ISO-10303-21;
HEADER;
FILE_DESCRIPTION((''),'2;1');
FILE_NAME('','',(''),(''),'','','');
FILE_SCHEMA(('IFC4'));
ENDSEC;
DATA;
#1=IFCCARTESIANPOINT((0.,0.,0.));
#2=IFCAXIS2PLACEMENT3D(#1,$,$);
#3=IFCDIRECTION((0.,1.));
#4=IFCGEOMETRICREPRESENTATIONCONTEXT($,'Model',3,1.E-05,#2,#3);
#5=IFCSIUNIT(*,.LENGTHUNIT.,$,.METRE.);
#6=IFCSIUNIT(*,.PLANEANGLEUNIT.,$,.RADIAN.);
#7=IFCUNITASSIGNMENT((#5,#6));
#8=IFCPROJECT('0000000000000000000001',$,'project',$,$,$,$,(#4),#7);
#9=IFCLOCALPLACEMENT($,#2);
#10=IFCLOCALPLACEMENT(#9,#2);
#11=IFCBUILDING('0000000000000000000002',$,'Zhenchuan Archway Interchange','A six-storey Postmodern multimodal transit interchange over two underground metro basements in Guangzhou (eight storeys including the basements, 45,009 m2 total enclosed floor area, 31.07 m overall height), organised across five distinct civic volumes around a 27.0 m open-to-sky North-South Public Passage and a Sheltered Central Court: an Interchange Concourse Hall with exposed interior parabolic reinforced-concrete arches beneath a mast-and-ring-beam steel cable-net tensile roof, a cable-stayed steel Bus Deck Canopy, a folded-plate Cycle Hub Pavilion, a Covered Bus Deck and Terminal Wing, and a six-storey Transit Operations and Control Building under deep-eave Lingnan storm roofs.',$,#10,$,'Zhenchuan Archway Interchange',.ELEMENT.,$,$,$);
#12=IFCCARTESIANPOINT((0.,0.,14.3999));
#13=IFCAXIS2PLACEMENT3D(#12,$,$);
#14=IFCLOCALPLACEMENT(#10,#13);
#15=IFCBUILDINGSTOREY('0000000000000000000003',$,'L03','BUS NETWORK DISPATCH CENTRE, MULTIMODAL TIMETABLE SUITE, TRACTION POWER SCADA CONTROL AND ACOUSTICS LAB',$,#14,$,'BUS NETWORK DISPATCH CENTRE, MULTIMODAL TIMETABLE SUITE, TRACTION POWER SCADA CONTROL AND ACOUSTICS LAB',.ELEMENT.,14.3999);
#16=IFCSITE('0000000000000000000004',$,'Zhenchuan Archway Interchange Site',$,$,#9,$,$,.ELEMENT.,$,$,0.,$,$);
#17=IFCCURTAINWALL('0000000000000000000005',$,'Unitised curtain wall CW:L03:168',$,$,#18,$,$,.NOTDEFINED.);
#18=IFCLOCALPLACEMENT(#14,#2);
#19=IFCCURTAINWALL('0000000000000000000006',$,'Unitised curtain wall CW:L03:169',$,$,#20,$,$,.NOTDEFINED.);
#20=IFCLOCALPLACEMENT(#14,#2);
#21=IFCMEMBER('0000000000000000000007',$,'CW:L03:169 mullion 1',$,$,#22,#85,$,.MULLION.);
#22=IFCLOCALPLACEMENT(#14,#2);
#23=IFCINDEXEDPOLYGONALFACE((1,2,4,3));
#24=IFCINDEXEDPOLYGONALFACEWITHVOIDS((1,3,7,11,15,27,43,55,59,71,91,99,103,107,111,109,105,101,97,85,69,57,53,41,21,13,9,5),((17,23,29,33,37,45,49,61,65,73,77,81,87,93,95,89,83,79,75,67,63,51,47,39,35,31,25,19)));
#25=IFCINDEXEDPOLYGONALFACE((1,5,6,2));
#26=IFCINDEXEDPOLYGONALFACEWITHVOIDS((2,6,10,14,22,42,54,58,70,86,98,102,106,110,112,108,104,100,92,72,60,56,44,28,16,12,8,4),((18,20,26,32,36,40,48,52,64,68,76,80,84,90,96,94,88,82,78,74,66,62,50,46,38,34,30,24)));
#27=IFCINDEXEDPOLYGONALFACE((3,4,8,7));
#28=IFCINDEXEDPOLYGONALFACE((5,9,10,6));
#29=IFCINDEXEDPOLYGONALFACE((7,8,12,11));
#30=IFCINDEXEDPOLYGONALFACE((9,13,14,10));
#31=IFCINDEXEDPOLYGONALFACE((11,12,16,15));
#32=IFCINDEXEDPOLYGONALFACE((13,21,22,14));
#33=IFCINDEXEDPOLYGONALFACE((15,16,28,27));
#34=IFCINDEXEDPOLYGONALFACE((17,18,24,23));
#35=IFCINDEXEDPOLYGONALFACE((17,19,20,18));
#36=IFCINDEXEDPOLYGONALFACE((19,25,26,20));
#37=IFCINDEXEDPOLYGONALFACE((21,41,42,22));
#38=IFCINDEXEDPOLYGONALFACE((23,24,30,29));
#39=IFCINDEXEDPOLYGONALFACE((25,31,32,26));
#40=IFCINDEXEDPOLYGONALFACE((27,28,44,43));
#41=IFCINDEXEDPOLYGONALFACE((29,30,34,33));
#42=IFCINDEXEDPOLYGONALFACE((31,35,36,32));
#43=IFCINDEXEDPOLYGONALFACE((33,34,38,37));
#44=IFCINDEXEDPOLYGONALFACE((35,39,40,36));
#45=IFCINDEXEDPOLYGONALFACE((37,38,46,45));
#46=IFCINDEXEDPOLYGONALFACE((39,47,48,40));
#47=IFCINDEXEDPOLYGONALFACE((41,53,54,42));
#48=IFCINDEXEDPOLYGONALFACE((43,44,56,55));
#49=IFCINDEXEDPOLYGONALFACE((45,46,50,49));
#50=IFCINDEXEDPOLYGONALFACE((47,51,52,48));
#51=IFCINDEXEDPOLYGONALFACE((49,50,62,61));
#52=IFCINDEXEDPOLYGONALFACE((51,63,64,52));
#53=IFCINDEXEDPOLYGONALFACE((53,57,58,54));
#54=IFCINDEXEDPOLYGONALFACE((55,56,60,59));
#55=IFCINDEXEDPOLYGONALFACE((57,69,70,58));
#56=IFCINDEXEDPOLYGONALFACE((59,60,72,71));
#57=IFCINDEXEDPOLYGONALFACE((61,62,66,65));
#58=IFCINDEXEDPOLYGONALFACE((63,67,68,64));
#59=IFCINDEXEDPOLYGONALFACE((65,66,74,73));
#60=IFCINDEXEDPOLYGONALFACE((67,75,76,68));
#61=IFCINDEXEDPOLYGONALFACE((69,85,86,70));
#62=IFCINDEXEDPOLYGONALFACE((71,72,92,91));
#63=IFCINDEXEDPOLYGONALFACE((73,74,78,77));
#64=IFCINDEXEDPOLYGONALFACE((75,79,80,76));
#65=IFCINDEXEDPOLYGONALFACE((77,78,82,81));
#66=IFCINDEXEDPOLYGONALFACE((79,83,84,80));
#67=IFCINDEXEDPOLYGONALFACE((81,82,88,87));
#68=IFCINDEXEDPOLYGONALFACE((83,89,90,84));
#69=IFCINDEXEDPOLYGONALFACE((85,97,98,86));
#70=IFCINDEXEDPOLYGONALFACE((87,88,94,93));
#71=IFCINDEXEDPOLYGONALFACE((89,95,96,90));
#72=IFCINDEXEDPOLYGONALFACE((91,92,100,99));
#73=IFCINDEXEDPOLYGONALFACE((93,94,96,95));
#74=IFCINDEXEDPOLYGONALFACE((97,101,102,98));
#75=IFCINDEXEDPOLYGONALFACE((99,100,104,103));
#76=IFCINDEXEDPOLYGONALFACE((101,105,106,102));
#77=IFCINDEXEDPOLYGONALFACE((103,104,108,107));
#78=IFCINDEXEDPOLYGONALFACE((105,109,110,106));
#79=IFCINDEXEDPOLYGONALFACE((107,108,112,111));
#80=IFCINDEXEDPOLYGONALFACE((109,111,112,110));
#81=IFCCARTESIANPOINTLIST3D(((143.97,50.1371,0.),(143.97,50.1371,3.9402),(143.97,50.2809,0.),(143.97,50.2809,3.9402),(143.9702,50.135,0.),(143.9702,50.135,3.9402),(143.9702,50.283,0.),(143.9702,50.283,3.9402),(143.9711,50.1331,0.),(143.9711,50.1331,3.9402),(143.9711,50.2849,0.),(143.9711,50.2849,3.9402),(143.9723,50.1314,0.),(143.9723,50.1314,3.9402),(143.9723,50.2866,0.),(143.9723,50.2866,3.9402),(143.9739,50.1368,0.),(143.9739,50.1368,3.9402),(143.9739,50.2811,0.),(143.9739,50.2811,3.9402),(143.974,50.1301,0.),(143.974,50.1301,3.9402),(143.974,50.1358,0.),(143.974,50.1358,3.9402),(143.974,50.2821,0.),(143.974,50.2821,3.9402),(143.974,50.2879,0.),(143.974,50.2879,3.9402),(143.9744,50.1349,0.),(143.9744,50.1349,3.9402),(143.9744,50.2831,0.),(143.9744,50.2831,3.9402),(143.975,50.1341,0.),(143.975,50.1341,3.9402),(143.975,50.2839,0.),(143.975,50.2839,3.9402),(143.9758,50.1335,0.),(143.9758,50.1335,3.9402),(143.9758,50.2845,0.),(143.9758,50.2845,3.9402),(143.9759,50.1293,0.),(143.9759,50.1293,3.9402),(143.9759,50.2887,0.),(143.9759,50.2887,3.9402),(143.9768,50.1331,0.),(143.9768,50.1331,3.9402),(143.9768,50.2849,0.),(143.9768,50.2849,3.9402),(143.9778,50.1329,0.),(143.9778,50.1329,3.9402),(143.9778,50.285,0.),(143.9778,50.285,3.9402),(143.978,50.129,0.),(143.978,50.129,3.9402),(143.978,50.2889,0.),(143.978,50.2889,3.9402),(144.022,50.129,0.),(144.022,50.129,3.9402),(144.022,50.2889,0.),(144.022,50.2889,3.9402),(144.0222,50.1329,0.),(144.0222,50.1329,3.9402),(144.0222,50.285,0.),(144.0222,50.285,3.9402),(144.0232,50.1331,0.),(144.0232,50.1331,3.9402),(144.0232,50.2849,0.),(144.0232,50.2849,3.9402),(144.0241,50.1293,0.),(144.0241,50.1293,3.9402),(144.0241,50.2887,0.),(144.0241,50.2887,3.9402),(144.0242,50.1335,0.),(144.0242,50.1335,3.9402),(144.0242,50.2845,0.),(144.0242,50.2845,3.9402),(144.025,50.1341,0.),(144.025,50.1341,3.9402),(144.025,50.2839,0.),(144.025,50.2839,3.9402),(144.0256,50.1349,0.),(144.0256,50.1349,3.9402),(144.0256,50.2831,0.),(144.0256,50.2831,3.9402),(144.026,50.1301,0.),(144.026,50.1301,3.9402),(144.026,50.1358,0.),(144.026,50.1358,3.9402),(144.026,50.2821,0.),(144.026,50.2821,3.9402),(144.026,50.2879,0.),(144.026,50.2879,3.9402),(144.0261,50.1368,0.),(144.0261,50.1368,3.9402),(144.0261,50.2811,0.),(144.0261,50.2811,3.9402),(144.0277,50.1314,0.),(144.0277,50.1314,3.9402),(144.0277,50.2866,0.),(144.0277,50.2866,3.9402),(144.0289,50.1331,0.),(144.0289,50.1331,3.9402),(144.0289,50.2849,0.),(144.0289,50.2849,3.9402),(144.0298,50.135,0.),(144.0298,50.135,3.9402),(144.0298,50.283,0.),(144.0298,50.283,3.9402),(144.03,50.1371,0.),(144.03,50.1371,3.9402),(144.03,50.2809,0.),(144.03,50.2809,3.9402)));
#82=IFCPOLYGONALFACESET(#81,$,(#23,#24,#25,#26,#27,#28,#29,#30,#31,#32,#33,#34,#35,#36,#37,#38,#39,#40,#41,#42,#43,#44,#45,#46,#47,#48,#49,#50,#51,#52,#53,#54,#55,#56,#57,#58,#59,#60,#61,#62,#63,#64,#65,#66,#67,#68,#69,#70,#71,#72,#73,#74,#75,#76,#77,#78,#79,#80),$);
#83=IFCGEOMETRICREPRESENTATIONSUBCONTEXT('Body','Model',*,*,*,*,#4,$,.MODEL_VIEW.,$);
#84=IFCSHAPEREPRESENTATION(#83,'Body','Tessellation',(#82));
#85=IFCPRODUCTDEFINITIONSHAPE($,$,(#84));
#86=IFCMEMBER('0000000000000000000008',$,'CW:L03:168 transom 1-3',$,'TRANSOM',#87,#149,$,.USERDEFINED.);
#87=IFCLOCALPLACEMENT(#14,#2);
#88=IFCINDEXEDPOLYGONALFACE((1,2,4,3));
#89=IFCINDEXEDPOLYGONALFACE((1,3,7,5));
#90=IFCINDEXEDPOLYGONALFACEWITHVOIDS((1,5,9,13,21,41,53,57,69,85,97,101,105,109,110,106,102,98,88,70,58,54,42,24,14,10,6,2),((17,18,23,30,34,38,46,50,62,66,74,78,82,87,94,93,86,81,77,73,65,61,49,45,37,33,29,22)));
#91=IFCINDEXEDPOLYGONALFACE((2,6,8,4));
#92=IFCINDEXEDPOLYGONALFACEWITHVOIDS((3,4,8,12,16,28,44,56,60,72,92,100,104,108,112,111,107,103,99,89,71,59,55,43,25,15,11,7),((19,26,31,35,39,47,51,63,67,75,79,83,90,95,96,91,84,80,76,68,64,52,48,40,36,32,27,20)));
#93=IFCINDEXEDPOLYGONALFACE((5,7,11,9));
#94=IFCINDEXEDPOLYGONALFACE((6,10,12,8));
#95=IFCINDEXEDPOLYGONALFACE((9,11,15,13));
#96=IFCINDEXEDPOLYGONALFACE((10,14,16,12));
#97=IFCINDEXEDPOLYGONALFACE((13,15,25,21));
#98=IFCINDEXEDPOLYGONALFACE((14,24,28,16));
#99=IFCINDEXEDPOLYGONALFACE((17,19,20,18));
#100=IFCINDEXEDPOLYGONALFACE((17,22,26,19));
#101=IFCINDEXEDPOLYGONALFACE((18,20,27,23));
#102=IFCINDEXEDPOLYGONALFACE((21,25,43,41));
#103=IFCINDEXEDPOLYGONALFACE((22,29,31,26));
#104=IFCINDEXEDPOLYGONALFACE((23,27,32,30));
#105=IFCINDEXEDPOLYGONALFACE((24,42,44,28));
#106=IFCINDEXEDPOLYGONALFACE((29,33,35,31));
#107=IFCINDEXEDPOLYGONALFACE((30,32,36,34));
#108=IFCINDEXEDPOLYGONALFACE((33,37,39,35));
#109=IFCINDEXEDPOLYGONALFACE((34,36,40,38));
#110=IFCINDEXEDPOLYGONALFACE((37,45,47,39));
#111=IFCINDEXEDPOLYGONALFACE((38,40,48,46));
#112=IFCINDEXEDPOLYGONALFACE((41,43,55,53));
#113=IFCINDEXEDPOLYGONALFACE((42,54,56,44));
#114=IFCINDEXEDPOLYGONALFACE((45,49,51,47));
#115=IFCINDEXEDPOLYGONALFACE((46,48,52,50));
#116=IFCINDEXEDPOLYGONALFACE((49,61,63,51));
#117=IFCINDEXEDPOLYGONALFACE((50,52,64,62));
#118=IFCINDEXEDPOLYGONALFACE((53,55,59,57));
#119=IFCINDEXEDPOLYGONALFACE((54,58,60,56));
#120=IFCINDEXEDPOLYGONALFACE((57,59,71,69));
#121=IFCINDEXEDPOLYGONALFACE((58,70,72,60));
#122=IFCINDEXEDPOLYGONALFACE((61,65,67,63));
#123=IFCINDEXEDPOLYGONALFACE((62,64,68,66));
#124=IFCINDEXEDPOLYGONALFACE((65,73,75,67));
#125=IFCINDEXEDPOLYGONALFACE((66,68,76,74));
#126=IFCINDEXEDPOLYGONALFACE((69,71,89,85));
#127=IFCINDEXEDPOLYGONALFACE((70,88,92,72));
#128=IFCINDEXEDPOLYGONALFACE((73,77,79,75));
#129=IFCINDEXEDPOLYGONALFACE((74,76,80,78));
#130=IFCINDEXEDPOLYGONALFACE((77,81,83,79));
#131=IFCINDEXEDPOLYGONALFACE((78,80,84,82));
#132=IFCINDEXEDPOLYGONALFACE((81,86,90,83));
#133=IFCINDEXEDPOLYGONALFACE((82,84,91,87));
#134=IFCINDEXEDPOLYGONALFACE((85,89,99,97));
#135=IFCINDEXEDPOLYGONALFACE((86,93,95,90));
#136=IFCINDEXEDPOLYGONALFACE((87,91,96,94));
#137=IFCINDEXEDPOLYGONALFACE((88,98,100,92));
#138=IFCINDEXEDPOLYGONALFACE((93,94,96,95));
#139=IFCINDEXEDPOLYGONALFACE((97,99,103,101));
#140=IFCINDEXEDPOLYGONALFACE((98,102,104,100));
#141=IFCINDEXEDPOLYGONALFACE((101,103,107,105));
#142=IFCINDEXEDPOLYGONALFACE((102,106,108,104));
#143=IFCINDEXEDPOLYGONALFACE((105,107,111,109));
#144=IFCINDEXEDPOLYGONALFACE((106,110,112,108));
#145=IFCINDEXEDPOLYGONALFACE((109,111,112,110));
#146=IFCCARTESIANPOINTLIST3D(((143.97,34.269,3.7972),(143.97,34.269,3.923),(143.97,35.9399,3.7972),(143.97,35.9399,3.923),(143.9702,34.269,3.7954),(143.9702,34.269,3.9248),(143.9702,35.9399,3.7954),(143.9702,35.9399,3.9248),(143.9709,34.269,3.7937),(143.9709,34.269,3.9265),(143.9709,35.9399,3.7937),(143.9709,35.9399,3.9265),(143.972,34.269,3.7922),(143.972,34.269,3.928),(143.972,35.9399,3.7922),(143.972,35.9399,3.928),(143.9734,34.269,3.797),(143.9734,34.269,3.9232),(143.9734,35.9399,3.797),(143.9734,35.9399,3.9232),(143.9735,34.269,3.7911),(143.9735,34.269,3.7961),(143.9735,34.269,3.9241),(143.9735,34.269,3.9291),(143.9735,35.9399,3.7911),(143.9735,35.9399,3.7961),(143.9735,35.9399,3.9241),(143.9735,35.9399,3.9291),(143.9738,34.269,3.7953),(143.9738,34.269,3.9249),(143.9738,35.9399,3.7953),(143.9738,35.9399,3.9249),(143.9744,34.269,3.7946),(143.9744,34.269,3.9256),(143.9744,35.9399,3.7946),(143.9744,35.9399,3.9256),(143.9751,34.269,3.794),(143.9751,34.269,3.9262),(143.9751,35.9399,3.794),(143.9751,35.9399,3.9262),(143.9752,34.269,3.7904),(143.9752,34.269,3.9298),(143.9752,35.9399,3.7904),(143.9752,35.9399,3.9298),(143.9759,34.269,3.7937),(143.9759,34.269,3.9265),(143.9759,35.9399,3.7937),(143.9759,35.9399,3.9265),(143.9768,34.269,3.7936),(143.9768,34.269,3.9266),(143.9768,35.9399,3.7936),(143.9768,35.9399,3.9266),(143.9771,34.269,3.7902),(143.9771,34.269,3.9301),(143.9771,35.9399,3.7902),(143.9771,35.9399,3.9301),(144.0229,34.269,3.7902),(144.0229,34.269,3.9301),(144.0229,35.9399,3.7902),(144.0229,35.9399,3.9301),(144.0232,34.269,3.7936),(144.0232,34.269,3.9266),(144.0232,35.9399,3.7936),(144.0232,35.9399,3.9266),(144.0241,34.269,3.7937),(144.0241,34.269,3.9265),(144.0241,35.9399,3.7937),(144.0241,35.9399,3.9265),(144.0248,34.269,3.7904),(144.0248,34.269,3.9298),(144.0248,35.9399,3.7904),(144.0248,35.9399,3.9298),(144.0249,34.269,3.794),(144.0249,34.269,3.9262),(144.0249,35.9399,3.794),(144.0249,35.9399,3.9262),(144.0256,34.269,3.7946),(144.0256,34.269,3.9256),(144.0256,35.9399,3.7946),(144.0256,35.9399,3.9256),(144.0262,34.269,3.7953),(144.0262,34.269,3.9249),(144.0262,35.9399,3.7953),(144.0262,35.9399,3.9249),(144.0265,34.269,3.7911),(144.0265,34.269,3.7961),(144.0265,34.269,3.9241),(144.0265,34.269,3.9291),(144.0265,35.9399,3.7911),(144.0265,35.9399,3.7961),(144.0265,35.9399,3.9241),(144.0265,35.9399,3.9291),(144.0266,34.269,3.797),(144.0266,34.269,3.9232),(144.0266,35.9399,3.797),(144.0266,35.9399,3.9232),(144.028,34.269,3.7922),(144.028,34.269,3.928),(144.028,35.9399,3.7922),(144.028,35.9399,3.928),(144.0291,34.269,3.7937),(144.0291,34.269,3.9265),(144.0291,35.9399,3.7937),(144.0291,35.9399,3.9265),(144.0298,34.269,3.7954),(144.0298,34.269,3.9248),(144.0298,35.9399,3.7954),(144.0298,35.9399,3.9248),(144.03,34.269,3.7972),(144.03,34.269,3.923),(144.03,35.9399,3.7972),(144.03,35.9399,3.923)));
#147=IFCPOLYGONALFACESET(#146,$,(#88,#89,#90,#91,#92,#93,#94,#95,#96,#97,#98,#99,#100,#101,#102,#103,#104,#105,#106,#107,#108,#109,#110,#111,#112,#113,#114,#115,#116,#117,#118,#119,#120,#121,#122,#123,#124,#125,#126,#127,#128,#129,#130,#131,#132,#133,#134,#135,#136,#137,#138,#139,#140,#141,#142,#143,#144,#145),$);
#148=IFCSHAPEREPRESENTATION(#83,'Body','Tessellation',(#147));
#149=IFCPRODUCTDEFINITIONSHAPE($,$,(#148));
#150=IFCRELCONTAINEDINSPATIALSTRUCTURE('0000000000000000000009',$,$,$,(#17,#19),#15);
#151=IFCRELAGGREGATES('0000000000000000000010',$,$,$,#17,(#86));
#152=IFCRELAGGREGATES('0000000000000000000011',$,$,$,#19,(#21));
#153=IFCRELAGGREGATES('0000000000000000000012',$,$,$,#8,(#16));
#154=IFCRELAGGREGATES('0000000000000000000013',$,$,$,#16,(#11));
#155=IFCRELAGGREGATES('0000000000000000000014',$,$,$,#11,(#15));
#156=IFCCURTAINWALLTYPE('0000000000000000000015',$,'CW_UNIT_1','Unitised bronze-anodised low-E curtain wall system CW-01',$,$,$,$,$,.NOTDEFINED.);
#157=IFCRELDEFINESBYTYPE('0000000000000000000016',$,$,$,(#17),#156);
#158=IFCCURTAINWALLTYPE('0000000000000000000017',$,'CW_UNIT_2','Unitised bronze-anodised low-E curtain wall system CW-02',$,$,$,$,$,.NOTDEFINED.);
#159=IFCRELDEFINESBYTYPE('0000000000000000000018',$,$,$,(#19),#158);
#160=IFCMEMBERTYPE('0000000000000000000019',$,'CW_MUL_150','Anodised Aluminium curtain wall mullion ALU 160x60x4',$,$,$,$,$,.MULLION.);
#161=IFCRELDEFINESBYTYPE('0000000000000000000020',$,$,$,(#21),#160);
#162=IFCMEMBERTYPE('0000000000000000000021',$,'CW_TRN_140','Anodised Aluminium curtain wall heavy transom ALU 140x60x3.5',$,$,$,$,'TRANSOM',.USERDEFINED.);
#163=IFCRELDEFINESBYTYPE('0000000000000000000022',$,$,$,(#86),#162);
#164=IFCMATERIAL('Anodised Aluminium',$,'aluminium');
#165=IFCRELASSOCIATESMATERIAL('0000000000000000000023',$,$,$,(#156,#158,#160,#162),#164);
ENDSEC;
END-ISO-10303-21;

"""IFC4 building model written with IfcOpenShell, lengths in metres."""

from ifc_helpers import new_model, si_unit, direction, frame, origin, origin_2d, place, context, subcontext, project, spatial, hollow_rectangle, extrude, material, material_profile, profile_set, type_object, element, aggregate, save


model = new_model("IFC4")

# Units and contexts
model_context = context("Model", 3, precision=1e-05, world=origin(), true_north=direction((0.0, 1.0)))
body_context = subcontext(model_context, "Body", "Model", "MODEL_VIEW")
ifc_project = project(units=[si_unit("LENGTHUNIT", "METRE"), si_unit("PLANEANGLEUNIT", "RADIAN")], contexts=[model_context])

# Site, building, storey
site_placement = place(None, origin())
site = spatial("IfcSite", under=ifc_project, at=site_placement, Name="Zhenchuan Archway Interchange Site", CompositionType="ELEMENT", RefElevation=0.0)
building_placement = place(site_placement, origin())
building = spatial("IfcBuilding", under=site, at=building_placement, Name="Zhenchuan Archway Interchange", Description="A six-storey Postmodern multimodal transit interchange over two underground metro basements in Guangzhou (eight storeys including the basements, 45,009 m2 total enclosed floor area, 31.07 m overall height), organised across five distinct civic volumes around a 27.0 m open-to-sky North-South Public Passage and a Sheltered Central Court: an Interchange Concourse Hall with exposed interior parabolic reinforced-concrete arches beneath a mast-and-ring-beam steel cable-net tensile roof, a cable-stayed steel Bus Deck Canopy, a folded-plate Cycle Hub Pavilion, a Covered Bus Deck and Terminal Wing, and a six-storey Transit Operations and Control Building under deep-eave Lingnan storm roofs.", LongName="Zhenchuan Archway Interchange", CompositionType="ELEMENT")
storey_placement = place(building_placement, frame((0.0, 0.0, 14.3999)))
storey = spatial("IfcBuildingStorey", under=building, at=storey_placement, Name="L03", Description="BUS NETWORK DISPATCH CENTRE, MULTIMODAL TIMETABLE SUITE, TRACTION POWER SCADA CONTROL AND ACOUSTICS LAB", LongName="BUS NETWORK DISPATCH CENTRE, MULTIMODAL TIMETABLE SUITE, TRACTION POWER SCADA CONTROL AND ACOUSTICS LAB", CompositionType="ELEMENT", Elevation=14.3999)

# Curtain walls, member
ifc_material_1 = material(Name="Anodised Aluminium", Category="aluminium")
curtain_wall_type_1 = type_object("IfcCurtainWallType", Name="CW_UNIT_1", Description="Unitised bronze-anodised low-E curtain wall system CW-01", PredefinedType="NOTDEFINED", material=ifc_material_1)
curtain_wall_1_placement = place(storey_placement, origin())
curtain_wall_1 = element("IfcCurtainWall", 1, at=curtain_wall_1_placement, inside=storey, type_object=curtain_wall_type_1, Name="Unitised curtain wall CW:L03:168", PredefinedType="NOTDEFINED")
ifc_material_profile_1 = material_profile(ifc_material_1, hollow_rectangle(XDim=0.0601, YDim=0.1599, WallThickness=0.0039, InnerFilletRadius=0.0039, OuterFilletRadius=0.0081, at=origin_2d()), Name="ALU 160x60x4")
ifc_profile_set_1 = profile_set([ifc_material_profile_1], Name="Anodised Aluminium")
member_type_1 = type_object("IfcMemberType", Name="CW_MUL_150", Description="Anodised Aluminium curtain wall mullion ALU 160x60x4", PredefinedType="MULLION", material=ifc_profile_set_1)
curtain_wall_type_2 = type_object("IfcCurtainWallType", Name="CW_UNIT_2", Description="Unitised bronze-anodised low-E curtain wall system CW-02", PredefinedType="NOTDEFINED", material=ifc_material_1)
curtain_wall_2_placement = place(storey_placement, origin())
curtain_wall_2 = element("IfcCurtainWall", 2, at=curtain_wall_2_placement, inside=storey, type_object=curtain_wall_type_2, Name="Unitised curtain wall CW:L03:169", PredefinedType="NOTDEFINED")
member_1_placement = place(storey_placement, frame((144.0, 50.209, 0.0), z_axis=(0.0, 0.0, 1.0), x_axis=(1.0, 0.0, 0.0)))
member_1 = element("IfcMember", 3, at=member_1_placement, type_object=member_type_1, Name="CW:L03:169 mullion 1", PredefinedType="MULLION", context=body_context, shape_type="SweptSolid", body=[
    extrude(hollow_rectangle(XDim=0.0601, YDim=0.1599, WallThickness=0.0039, InnerFilletRadius=0.0039, OuterFilletRadius=0.0081, at=origin_2d()), origin(), (0.0, 0.0, 1.0), 3.9402),
])

# Member
ifc_material_profile_2 = material_profile(ifc_material_1, hollow_rectangle(XDim=0.0601, YDim=0.1399, WallThickness=0.0034, InnerFilletRadius=0.0034, OuterFilletRadius=0.0071, at=origin_2d()), Name="ALU 140x60x3.5")
ifc_profile_set_2 = profile_set([ifc_material_profile_2], Name="Anodised Aluminium")
member_type_2 = type_object("IfcMemberType", Name="CW_TRN_140", Description="Anodised Aluminium curtain wall heavy transom ALU 140x60x3.5", ElementType="TRANSOM", PredefinedType="USERDEFINED", material=ifc_profile_set_2)
member_2_placement = place(storey_placement, frame((144.0, 34.269, 3.8601), z_axis=(0.0, 1.0, 0.0), x_axis=(-1.0, 0.0, 0.0)))
member_2 = element("IfcMember", 4, at=member_2_placement, type_object=member_type_2, Name="CW:L03:168 transom 1-3", ObjectType="TRANSOM", PredefinedType="USERDEFINED", context=body_context, shape_type="SweptSolid", body=[
    extrude(hollow_rectangle(XDim=0.0601, YDim=0.1399, WallThickness=0.0034, InnerFilletRadius=0.0034, OuterFilletRadius=0.0071, at=origin_2d()), origin(), (0.0, 0.0, 1.0), 1.6709),
])

aggregate(curtain_wall_1, [member_2])
aggregate(curtain_wall_2, [member_1])

save(model, "model.ifc")
